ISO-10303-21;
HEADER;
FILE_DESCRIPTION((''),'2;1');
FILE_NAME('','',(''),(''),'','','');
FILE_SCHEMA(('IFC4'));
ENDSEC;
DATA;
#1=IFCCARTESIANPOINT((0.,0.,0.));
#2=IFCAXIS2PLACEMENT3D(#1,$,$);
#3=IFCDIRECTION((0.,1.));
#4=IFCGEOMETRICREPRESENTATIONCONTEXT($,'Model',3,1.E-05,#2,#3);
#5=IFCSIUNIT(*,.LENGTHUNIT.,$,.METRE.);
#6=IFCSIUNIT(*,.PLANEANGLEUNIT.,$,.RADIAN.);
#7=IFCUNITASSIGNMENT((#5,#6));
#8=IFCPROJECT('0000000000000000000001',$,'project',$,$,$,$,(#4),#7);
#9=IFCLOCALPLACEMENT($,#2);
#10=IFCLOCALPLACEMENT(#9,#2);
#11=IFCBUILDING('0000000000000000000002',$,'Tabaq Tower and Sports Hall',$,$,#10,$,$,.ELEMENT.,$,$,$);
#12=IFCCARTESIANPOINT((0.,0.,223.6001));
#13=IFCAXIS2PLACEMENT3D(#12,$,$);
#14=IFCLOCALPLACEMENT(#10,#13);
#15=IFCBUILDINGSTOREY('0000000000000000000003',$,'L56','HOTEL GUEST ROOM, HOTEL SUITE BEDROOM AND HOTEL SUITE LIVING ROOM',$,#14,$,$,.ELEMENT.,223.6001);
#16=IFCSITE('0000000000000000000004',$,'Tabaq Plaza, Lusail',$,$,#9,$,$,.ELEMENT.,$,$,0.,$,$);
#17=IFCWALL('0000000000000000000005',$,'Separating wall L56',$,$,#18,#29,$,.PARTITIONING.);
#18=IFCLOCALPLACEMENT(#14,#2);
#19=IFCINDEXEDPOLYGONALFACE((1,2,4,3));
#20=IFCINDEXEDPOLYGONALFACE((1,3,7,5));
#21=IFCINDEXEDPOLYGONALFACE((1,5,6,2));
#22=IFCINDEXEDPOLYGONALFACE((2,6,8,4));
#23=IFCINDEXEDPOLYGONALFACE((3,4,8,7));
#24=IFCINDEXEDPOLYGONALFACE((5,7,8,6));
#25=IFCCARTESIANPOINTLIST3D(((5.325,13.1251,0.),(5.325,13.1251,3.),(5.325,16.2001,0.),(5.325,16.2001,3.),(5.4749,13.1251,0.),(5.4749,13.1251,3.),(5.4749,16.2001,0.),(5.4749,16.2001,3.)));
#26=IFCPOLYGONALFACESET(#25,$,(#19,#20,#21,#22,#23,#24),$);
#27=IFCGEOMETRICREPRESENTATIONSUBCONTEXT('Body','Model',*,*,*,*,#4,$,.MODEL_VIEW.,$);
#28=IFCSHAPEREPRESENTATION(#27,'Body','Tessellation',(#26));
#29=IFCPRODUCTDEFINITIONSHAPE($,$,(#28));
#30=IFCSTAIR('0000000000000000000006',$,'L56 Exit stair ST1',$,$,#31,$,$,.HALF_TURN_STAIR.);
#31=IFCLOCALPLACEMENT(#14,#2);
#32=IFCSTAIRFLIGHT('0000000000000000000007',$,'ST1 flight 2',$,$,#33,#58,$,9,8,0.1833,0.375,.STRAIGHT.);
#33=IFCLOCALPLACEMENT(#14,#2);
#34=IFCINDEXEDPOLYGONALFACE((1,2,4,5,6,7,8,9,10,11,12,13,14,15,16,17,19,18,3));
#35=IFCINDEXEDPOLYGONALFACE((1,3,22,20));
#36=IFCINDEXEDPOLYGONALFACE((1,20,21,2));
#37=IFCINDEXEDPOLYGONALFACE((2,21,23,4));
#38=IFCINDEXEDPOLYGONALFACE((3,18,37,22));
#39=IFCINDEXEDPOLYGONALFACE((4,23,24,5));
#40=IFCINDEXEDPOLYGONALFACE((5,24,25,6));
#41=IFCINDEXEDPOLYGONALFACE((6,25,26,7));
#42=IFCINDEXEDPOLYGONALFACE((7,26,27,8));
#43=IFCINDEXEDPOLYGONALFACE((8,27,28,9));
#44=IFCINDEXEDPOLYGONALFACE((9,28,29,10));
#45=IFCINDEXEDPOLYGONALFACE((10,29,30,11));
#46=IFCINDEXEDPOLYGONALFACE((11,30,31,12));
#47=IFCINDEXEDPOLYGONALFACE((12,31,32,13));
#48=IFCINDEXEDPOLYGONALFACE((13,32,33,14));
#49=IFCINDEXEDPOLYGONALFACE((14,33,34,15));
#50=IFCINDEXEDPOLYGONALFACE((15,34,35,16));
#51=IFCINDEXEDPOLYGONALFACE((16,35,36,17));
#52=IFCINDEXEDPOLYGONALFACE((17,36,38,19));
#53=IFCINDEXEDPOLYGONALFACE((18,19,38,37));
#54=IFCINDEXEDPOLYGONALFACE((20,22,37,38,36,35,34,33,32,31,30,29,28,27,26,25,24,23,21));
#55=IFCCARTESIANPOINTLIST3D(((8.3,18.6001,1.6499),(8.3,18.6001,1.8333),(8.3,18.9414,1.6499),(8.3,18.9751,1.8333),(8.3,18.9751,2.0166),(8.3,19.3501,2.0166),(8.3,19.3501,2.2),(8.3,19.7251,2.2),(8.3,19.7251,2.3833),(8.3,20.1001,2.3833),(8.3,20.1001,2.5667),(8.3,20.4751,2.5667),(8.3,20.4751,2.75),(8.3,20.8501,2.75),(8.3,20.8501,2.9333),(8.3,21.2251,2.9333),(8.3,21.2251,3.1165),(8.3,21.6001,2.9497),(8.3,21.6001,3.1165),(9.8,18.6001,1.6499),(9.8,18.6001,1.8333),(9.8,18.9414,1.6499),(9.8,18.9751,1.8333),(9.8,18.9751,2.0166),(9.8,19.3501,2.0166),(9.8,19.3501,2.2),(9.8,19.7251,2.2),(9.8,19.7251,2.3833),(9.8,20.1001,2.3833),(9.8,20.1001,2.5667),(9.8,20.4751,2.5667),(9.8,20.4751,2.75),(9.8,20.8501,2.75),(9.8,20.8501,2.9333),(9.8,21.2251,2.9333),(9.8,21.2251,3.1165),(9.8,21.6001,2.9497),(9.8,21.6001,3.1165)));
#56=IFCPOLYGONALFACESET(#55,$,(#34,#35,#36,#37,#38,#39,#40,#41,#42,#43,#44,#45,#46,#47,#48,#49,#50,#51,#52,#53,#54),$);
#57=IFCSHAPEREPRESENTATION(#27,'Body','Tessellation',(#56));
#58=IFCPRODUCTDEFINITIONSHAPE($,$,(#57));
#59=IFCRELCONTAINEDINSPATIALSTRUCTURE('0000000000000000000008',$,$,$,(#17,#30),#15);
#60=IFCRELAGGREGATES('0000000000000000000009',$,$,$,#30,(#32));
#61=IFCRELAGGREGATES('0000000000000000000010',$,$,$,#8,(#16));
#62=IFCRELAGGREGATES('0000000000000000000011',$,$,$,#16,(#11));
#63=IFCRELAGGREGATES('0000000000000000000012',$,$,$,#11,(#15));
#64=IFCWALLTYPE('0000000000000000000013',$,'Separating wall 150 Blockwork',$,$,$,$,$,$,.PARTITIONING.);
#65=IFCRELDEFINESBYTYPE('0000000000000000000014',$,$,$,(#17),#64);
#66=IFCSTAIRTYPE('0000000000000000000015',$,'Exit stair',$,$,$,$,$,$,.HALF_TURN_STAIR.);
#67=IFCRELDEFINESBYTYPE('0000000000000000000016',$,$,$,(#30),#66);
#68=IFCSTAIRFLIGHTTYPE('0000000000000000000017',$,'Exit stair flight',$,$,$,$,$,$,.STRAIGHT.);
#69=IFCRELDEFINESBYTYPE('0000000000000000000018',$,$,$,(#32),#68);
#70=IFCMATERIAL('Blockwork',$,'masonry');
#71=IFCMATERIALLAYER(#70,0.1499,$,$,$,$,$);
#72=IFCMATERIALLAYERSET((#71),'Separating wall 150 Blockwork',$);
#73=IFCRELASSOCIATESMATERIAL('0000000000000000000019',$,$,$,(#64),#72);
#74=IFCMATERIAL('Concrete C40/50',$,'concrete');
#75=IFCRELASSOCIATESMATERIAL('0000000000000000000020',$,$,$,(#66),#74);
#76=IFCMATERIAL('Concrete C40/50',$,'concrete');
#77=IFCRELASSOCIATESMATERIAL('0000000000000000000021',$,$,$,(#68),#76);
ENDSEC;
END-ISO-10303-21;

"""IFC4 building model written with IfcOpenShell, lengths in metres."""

from ifc_helpers import new_model, si_unit, direction, frame, frame_2d, origin, place, context, subcontext, project, spatial, polyline, rectangle, outline, extrude, material, layer, layer_set, type_object, element, aggregate, save


model = new_model("IFC4")

# Units and contexts
model_context = context("Model", 3, precision=1e-05, world=origin(), true_north=direction((0.0, 1.0)))
body_context = subcontext(model_context, "Body", "Model", "MODEL_VIEW")
ifc_project = project(units=[si_unit("LENGTHUNIT", "METRE"), si_unit("PLANEANGLEUNIT", "RADIAN")], contexts=[model_context])

# Site, building, storey
site_placement = place(None, origin())
site = spatial("IfcSite", under=ifc_project, at=site_placement, Name="Tabaq Plaza, Lusail", CompositionType="ELEMENT", RefElevation=0.0)
building_placement = place(site_placement, origin())
building = spatial("IfcBuilding", under=site, at=building_placement, Name="Tabaq Tower and Sports Hall", CompositionType="ELEMENT")
storey_placement = place(building_placement, frame((0.0, 0.0, 223.6001)))
storey = spatial("IfcBuildingStorey", under=building, at=storey_placement, Name="L56", Description="HOTEL GUEST ROOM, HOTEL SUITE BEDROOM AND HOTEL SUITE LIVING ROOM", CompositionType="ELEMENT", Elevation=223.6001)

# Shared definitions
ifc_material_1 = material(Name="Blockwork", Category="masonry")
ifc_layer_1 = layer(ifc_material_1, 0.1499)
ifc_layer_set_1 = layer_set([ifc_layer_1], Name="Separating wall 150 Blockwork")
wall_type_1 = type_object("IfcWallType", Name="Separating wall 150 Blockwork", PredefinedType="PARTITIONING", material=ifc_layer_set_1)

# Wall
wall_1_placement = place(storey_placement, frame((5.3999, 13.125, 0.0), z_axis=(0.0, 0.0, 1.0), x_axis=(0.0, 1.0, 0.0)))
element("IfcWall", 1, at=wall_1_placement, inside=storey, type_object=wall_type_1, Name="Separating wall L56", PredefinedType="PARTITIONING", context=body_context, shape_type="SweptSolid", body=[
    extrude(rectangle(XDim=3.075, YDim=0.1499, at=frame_2d((1.5376, 0.0))), origin(), (0.0, 0.0, 1.0), 3.0),
])

# Stair, stair flight
ifc_material_2 = material(Name="Concrete C40/50", Category="concrete")
stair_type = type_object("IfcStairType", Name="Exit stair", PredefinedType="HALF_TURN_STAIR", material=ifc_material_2)
stair_placement = place(storey_placement, origin())
stair = element("IfcStair", 2, at=stair_placement, inside=storey, type_object=stair_type, Name="L56 Exit stair ST1", PredefinedType="HALF_TURN_STAIR")
ifc_material_3 = material(Name="Concrete C40/50", Category="concrete")
stair_flight_type = type_object("IfcStairFlightType", Name="Exit stair flight", PredefinedType="STRAIGHT", material=ifc_material_3)
stair_flight_placement = place(storey_placement, frame((9.05, 18.6001, 1.6499), z_axis=(0.0, 0.0, 1.0), x_axis=(0.0, 1.0, 0.0)))
stair_flight = element("IfcStairFlight", 3, at=stair_flight_placement, type_object=stair_flight_type, Name="ST1 flight 2", NumberOfRisers=9, NumberOfTreads=8, PredefinedType="STRAIGHT", RiserHeight=0.1833, TreadLength=0.375, context=body_context, shape_type="SweptSolid", body=[
    extrude(outline(polyline([(0.0, 0.0), (0.0, 0.1833), (0.375, 0.1833), (0.375, 0.3667), (0.75, 0.3667), (0.75, 0.55), (1.125, 0.55), (1.125, 0.7334), (1.5, 0.7334), (1.5, 0.9167), (1.875, 0.9167), (1.875, 1.1001), (2.25, 1.1001), (2.25, 1.2834), (2.625, 1.2834), (2.625, 1.4666), (3.0, 1.4666), (3.0, 1.6499), (3.0, 1.2998), (0.3413, 0.0), (0.0, 0.0)])), frame((0.0, 0.75, 0.0), z_axis=(0.0, -1.0, 0.0), x_axis=(1.0, 0.0, 0.0)), (0.0, 0.0, 1.0), 1.5),
])
aggregate(stair, [stair_flight])

save(model, "model.ifc")
